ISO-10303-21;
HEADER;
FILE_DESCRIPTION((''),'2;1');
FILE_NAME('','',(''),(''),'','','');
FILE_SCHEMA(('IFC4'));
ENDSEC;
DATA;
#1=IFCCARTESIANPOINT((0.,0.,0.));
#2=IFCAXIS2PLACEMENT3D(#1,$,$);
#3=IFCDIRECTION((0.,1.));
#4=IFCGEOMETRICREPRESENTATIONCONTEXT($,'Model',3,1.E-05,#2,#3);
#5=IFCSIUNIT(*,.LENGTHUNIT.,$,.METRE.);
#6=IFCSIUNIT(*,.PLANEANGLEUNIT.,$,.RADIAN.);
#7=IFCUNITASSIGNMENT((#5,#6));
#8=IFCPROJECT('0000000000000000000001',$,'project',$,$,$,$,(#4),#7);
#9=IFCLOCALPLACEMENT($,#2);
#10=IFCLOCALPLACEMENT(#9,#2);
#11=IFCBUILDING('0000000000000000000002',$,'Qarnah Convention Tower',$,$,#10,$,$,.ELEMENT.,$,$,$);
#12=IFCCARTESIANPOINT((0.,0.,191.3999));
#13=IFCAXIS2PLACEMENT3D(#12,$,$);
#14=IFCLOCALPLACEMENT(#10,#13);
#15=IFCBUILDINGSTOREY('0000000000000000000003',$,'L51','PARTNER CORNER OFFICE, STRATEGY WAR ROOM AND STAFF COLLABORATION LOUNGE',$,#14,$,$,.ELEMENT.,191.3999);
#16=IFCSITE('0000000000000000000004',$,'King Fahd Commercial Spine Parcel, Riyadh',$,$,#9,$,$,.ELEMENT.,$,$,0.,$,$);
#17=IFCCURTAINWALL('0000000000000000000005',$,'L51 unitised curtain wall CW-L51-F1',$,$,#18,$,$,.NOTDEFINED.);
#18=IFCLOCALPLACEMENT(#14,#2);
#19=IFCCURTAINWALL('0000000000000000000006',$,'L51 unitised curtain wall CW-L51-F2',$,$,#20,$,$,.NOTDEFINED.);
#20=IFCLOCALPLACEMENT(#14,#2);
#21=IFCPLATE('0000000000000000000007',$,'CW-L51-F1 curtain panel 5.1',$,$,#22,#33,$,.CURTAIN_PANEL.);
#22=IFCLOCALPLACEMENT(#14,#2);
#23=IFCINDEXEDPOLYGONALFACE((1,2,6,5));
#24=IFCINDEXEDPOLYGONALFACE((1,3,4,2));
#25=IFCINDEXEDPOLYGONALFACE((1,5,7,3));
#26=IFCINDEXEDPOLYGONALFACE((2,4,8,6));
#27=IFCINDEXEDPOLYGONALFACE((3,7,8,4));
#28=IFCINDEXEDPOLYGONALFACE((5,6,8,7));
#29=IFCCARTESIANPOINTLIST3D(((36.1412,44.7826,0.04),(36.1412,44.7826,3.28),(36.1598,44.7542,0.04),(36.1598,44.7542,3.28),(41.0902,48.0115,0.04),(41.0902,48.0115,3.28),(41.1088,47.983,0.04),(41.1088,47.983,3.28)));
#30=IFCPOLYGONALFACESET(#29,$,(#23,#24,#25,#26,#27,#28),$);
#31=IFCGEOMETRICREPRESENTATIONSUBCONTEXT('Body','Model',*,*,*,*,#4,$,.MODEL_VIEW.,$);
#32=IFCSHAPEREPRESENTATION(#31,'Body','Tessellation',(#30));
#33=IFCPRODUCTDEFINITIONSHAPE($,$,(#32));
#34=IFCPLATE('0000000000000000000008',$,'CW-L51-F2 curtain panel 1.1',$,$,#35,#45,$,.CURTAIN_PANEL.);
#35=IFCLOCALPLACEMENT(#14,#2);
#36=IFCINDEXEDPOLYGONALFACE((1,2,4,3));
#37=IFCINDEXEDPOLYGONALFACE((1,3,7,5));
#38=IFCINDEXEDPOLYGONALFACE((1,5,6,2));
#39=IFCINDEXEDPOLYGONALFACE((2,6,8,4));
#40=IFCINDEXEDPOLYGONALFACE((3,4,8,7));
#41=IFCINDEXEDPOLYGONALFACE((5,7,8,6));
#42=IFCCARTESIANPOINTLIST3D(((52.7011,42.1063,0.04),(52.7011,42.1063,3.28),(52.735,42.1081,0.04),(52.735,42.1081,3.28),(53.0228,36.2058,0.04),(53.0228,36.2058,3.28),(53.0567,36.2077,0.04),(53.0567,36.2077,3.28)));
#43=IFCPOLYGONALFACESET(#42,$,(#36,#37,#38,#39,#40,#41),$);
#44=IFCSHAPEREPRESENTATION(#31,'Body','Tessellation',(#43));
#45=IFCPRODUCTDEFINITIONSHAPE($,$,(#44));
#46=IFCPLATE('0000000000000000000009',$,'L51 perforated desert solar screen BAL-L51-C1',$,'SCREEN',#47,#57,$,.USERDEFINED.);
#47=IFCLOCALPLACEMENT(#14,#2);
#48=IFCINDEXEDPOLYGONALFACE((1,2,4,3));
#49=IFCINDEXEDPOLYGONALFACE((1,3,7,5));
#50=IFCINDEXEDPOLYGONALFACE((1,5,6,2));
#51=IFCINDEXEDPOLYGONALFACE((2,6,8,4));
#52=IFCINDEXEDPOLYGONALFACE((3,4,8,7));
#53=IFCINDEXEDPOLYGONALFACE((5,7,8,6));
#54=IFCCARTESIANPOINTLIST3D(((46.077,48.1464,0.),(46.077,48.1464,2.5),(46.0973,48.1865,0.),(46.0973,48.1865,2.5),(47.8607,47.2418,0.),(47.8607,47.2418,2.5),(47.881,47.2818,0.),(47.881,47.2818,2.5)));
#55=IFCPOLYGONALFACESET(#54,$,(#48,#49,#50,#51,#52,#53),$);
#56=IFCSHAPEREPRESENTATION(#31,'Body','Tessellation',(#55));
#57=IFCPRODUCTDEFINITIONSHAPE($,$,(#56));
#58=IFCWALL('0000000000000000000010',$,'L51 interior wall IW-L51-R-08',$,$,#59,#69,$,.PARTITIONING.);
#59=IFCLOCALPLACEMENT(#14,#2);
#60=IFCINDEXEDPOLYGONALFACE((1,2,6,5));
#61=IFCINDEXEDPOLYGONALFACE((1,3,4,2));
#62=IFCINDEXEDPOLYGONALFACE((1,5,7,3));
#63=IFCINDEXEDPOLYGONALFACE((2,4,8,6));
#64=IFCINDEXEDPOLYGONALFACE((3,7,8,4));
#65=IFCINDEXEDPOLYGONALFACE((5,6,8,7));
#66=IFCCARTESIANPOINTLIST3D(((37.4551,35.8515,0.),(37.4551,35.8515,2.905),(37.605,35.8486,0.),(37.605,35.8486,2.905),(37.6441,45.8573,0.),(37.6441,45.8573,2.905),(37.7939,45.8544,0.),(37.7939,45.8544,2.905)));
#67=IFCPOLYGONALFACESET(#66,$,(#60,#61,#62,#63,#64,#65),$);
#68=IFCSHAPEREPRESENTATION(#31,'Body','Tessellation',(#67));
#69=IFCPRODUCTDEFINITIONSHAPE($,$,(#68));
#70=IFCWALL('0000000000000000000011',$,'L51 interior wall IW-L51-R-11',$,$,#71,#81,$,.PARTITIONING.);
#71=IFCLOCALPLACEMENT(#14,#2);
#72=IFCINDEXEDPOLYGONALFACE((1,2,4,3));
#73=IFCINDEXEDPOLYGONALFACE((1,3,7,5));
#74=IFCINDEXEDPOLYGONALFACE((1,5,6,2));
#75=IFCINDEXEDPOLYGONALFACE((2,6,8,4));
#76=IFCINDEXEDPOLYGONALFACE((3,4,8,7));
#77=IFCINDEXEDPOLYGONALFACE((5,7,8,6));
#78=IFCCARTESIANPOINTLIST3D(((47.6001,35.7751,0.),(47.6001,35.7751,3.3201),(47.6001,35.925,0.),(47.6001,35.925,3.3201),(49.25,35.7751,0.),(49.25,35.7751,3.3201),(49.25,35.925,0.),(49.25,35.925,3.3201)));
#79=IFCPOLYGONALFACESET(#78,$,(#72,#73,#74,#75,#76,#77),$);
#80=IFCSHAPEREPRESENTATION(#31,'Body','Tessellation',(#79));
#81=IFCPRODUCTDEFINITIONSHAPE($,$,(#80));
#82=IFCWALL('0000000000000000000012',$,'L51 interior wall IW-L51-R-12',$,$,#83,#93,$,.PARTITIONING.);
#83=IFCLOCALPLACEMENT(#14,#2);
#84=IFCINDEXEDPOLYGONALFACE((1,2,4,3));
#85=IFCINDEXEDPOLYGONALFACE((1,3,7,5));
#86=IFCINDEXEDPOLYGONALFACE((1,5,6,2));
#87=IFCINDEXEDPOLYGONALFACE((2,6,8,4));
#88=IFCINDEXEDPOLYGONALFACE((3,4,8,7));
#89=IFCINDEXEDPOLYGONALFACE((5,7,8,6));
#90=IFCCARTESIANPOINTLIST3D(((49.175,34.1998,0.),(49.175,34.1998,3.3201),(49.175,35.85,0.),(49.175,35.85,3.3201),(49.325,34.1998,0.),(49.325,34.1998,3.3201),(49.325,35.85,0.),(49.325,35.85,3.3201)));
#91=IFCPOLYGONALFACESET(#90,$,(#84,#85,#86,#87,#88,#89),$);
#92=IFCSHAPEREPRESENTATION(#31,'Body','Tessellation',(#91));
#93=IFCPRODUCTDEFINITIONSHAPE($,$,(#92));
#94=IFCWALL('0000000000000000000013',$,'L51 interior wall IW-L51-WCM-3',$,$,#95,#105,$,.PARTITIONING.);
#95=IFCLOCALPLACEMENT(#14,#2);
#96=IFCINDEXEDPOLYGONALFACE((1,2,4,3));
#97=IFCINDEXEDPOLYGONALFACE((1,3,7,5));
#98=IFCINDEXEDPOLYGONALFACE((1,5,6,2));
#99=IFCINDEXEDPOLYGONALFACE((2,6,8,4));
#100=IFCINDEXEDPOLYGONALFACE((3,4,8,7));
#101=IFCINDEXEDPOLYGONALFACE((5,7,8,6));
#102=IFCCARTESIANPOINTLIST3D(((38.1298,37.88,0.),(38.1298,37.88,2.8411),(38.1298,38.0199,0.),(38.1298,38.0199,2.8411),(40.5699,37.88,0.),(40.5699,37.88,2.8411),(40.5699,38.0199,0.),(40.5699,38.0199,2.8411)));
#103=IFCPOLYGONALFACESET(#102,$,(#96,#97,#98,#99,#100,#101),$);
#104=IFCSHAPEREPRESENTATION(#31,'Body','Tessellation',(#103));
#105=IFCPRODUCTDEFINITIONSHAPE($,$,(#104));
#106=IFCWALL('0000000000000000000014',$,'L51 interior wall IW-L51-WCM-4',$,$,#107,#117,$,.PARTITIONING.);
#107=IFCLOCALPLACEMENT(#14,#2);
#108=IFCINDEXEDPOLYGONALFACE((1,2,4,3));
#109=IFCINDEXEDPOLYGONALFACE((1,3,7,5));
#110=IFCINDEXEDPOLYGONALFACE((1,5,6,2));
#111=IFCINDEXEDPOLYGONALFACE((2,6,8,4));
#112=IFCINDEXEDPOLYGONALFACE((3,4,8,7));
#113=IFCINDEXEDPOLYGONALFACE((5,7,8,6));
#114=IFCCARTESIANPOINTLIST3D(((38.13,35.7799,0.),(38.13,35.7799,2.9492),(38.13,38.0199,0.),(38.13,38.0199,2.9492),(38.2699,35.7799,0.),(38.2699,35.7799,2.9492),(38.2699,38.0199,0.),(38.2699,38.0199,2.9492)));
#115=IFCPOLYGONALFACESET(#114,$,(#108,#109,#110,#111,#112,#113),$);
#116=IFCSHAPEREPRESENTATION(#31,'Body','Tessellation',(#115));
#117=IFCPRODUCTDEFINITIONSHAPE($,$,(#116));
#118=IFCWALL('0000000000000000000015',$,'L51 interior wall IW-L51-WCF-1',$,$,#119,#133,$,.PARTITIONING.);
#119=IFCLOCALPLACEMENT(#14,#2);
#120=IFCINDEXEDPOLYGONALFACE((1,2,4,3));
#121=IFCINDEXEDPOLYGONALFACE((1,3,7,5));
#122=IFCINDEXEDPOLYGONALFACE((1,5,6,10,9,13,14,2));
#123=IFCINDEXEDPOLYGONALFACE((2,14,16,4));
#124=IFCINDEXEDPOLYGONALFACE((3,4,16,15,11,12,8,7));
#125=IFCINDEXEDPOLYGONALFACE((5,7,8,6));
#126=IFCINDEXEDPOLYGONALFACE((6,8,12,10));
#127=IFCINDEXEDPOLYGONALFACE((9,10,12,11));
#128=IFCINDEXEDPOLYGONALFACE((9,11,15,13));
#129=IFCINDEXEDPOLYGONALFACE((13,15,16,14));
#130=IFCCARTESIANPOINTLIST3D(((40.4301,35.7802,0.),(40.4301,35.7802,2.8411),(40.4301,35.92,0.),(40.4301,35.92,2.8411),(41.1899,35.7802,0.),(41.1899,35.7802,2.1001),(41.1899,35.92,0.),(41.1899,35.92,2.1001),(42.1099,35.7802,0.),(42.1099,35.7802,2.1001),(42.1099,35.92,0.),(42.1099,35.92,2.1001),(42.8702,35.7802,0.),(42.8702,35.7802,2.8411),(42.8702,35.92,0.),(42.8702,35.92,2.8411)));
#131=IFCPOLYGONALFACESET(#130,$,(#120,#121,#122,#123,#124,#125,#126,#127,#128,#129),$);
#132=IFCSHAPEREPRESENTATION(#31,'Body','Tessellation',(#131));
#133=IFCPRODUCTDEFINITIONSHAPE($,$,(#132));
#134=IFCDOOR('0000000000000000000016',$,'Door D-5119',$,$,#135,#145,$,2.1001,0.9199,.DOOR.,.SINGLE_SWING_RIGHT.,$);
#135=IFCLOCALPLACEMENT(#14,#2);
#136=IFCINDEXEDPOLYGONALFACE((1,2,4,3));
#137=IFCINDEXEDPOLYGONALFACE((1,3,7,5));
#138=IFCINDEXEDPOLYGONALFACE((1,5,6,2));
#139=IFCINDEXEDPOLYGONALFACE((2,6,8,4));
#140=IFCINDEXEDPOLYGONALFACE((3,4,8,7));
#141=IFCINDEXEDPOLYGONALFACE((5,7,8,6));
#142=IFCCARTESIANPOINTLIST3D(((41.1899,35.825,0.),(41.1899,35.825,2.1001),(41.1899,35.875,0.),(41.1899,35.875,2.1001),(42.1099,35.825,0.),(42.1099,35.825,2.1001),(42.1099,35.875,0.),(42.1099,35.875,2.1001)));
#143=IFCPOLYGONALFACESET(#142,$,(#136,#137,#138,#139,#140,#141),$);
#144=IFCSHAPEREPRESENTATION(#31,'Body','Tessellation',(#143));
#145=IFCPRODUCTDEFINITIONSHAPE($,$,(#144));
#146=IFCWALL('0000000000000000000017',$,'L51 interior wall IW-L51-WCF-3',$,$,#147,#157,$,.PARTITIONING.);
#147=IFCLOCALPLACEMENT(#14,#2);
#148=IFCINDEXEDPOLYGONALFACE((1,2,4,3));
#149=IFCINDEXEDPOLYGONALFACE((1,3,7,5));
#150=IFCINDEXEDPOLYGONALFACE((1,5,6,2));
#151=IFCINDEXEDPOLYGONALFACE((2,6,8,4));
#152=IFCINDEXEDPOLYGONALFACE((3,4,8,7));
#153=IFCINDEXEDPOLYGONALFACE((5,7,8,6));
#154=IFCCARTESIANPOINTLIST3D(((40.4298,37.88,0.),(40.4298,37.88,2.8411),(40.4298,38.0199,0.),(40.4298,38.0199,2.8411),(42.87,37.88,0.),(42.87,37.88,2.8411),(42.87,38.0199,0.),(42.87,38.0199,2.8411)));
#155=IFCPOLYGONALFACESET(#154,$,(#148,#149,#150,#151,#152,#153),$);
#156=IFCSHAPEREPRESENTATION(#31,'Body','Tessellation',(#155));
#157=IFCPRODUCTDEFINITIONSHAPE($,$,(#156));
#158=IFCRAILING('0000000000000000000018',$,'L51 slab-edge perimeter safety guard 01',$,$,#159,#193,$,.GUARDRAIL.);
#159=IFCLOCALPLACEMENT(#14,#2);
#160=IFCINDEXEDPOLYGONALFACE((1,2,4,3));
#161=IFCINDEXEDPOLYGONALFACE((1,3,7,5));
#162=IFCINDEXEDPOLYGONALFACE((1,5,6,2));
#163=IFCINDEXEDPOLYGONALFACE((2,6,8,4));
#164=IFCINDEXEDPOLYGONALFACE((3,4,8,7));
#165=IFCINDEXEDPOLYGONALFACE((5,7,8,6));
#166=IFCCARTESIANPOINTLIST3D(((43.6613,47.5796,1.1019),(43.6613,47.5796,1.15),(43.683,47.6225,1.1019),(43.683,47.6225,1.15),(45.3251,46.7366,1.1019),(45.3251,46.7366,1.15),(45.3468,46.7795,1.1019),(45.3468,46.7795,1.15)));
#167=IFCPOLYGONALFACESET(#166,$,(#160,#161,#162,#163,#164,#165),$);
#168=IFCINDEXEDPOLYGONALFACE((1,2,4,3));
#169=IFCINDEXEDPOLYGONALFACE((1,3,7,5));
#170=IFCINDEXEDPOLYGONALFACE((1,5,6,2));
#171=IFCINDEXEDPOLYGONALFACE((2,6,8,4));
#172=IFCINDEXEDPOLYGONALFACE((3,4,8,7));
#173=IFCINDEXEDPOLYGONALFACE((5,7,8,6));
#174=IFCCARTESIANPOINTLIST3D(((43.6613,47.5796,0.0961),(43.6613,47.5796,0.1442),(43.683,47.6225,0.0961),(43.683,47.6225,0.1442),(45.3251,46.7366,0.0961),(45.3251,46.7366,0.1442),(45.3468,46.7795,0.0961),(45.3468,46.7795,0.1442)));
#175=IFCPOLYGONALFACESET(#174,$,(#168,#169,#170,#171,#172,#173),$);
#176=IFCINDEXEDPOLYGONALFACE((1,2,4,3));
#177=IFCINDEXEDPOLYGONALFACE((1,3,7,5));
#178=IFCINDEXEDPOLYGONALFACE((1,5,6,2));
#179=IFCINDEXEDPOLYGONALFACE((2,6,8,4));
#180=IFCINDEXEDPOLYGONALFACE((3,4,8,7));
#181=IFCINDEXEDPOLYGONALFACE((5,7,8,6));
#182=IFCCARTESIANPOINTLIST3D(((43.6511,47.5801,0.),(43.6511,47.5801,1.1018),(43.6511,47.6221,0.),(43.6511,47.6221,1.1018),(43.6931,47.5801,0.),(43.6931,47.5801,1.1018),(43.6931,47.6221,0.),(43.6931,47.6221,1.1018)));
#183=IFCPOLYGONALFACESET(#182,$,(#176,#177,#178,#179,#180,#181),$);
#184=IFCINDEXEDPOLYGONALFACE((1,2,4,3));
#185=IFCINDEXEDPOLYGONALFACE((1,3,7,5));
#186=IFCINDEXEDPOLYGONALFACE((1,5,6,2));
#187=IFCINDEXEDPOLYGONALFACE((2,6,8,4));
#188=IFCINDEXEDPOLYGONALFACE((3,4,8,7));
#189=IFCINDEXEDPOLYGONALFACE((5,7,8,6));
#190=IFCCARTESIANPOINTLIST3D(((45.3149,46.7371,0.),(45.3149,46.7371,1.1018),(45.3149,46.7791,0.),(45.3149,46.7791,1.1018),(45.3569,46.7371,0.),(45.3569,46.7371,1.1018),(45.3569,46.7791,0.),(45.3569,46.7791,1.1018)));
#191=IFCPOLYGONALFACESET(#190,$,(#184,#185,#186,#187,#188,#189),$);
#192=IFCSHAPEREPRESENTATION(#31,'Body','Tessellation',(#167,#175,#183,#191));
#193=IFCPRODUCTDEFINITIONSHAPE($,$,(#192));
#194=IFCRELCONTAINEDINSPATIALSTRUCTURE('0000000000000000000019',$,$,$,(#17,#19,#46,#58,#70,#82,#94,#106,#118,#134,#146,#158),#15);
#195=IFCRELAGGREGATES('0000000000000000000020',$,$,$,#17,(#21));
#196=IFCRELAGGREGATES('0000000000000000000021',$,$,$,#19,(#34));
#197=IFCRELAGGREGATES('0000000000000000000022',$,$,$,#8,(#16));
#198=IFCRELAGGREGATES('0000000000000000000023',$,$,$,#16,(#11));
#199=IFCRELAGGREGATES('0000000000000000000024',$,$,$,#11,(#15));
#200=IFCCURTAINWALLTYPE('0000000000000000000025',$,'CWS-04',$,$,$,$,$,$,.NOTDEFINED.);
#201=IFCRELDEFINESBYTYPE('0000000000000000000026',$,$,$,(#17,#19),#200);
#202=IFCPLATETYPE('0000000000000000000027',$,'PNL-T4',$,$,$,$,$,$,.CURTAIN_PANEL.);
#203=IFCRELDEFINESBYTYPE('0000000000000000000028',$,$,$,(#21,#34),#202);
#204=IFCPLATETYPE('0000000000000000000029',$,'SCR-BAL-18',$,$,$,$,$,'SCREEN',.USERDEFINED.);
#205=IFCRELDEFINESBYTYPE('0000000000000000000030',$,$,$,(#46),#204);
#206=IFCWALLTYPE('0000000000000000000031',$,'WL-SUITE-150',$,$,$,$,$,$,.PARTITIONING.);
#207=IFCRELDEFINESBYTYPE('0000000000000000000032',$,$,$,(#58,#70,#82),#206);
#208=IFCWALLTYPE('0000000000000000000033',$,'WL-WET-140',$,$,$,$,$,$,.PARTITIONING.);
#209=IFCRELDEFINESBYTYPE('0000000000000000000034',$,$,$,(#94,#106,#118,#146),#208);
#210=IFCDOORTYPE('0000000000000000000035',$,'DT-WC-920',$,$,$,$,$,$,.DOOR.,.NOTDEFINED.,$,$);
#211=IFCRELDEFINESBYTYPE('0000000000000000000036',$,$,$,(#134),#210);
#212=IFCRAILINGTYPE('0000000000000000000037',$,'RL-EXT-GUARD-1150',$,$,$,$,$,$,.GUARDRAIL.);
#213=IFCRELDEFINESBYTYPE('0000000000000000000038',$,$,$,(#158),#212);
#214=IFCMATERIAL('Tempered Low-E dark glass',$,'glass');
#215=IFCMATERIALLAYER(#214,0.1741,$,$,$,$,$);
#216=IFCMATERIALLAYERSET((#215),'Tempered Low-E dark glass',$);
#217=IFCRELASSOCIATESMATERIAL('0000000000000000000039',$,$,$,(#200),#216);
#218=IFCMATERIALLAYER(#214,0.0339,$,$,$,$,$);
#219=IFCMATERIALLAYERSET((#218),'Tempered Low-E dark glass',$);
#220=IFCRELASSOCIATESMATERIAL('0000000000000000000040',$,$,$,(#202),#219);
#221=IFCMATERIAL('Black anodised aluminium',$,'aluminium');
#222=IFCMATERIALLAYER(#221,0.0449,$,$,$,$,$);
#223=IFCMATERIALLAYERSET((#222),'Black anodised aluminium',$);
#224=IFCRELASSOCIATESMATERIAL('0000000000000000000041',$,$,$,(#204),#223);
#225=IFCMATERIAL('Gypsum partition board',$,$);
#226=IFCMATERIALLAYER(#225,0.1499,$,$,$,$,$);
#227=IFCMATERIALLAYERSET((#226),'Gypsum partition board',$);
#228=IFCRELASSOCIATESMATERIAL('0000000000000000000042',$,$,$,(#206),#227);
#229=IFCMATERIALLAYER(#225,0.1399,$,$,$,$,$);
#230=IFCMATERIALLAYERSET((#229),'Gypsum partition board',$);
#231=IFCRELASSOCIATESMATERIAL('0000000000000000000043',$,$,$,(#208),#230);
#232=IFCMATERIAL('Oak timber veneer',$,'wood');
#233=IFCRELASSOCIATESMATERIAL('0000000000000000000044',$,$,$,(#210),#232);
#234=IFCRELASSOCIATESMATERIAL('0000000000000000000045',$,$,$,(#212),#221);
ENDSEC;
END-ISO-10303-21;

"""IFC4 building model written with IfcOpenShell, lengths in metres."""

from ifc_helpers import new_model, si_unit, direction, frame, frame_2d, origin, origin_2d, place, context, subcontext, project, spatial, rectangle, extrude, material, layer, layer_set, type_object, element, fill, aggregate, save


model = new_model("IFC4")

# Units and contexts
model_context = context("Model", 3, precision=1e-05, world=origin(), true_north=direction((0.0, 1.0)))
body_context = subcontext(model_context, "Body", "Model", "MODEL_VIEW")
ifc_project = project(units=[si_unit("LENGTHUNIT", "METRE"), si_unit("PLANEANGLEUNIT", "RADIAN")], contexts=[model_context])

# Site, building, storey
site_placement = place(None, origin())
site = spatial("IfcSite", under=ifc_project, at=site_placement, Name="King Fahd Commercial Spine Parcel, Riyadh", CompositionType="ELEMENT", RefElevation=0.0)
building_placement = place(site_placement, origin())
building = spatial("IfcBuilding", under=site, at=building_placement, Name="Qarnah Convention Tower", CompositionType="ELEMENT")
storey_placement = place(building_placement, frame((0.0, 0.0, 191.3999)))
storey = spatial("IfcBuildingStorey", under=building, at=storey_placement, Name="L51", Description="PARTNER CORNER OFFICE, STRATEGY WAR ROOM AND STAFF COLLABORATION LOUNGE", CompositionType="ELEMENT", Elevation=191.3999)

# Curtain wall
ifc_material_1 = material(Name="Tempered Low-E dark glass", Category="glass")
ifc_layer_1 = layer(ifc_material_1, 0.1741)
ifc_layer_set_1 = layer_set([ifc_layer_1], Name="Tempered Low-E dark glass")
curtain_wall_type = type_object("IfcCurtainWallType", Name="CWS-04", PredefinedType="NOTDEFINED", material=ifc_layer_set_1)
curtain_wall_1_placement = place(storey_placement, origin())
curtain_wall_1 = element("IfcCurtainWall", 1, at=curtain_wall_1_placement, inside=storey, type_object=curtain_wall_type, Name="L51 unitised curtain wall CW-L51-F1", PredefinedType="NOTDEFINED")
ifc_material_2 = material(Name="Black anodised aluminium", Category="aluminium")

# Curtain wall
curtain_wall_2_placement = place(storey_placement, origin())
curtain_wall_2 = element("IfcCurtainWall", 2, at=curtain_wall_2_placement, inside=storey, type_object=curtain_wall_type, Name="L51 unitised curtain wall CW-L51-F2", PredefinedType="NOTDEFINED")

# Plates
ifc_layer_2 = layer(ifc_material_1, 0.0339)
ifc_layer_set_2 = layer_set([ifc_layer_2], Name="Tempered Low-E dark glass")
plate_type_1 = type_object("IfcPlateType", Name="PNL-T4", PredefinedType="CURTAIN_PANEL", material=ifc_layer_set_2)
plate_1_placement = place(storey_placement, frame((38.625, 46.3828, 0.04), z_axis=(0.0, 0.0, 1.0), x_axis=(0.837512, 0.54642, 0.0)))
plate_1 = element("IfcPlate", 3, at=plate_1_placement, type_object=plate_type_1, Name="CW-L51-F1 curtain panel 5.1", PredefinedType="CURTAIN_PANEL", context=body_context, shape_type="SweptSolid", body=[
    extrude(rectangle(XDim=5.9092, YDim=0.0339, at=origin_2d()), origin(), (0.0, 0.0, 1.0), 3.24),
])
aggregate(curtain_wall_1, [plate_1])
plate_2_placement = place(storey_placement, frame((52.8789, 39.157, 0.04), z_axis=(0.0, 0.0, 1.0), x_axis=(0.054432, -0.998517, 0.0)))
plate_2 = element("IfcPlate", 4, at=plate_2_placement, type_object=plate_type_1, Name="CW-L51-F2 curtain panel 1.1", PredefinedType="CURTAIN_PANEL", context=body_context, shape_type="SweptSolid", body=[
    extrude(rectangle(XDim=5.9092, YDim=0.0339, at=origin_2d()), origin(), (0.0, 0.0, 1.0), 3.24),
])
aggregate(curtain_wall_2, [plate_2])
ifc_layer_3 = layer(ifc_material_2, 0.0449)
ifc_layer_set_3 = layer_set([ifc_layer_3], Name="Black anodised aluminium")
plate_type_2 = type_object("IfcPlateType", Name="SCR-BAL-18", ElementType="SCREEN", PredefinedType="USERDEFINED", material=ifc_layer_set_3)
plate_3_placement = place(storey_placement, frame((46.979, 47.7141, 0.0), z_axis=(0.0, 0.0, 1.0), x_axis=(0.891862, -0.452307, 0.0)))
element("IfcPlate", 5, at=plate_3_placement, inside=storey, type_object=plate_type_2, Name="L51 perforated desert solar screen BAL-L51-C1", ObjectType="SCREEN", PredefinedType="USERDEFINED", context=body_context, shape_type="SweptSolid", body=[
    extrude(rectangle(XDim=2.0, YDim=0.0449, at=origin_2d()), origin(), (0.0, 0.0, 1.0), 2.5),
])

# Wall
ifc_material_3 = material(Name="Gypsum partition board")
ifc_layer_4 = layer(ifc_material_3, 0.1499)
ifc_layer_set_4 = layer_set([ifc_layer_4], Name="Gypsum partition board")
wall_type_1 = type_object("IfcWallType", Name="WL-SUITE-150", PredefinedType="PARTITIONING", material=ifc_layer_set_4)
wall_1_placement = place(storey_placement, frame((37.719, 45.856, 0.0), z_axis=(0.0, 0.0, 1.0), x_axis=(-0.018882, -0.999822, 0.0)))
element("IfcWall", 6, at=wall_1_placement, inside=storey, type_object=wall_type_1, Name="L51 interior wall IW-L51-R-08", PredefinedType="PARTITIONING", context=body_context, shape_type="SweptSolid", body=[
    extrude(rectangle(XDim=10.0076, YDim=0.1499, at=frame_2d((5.0039, 0.0))), origin(), (0.0, 0.0, 1.0), 2.905),
])

# Shared definitions
ifc_material_4 = material(Name="Oak timber veneer", Category="wood")

# Walls
wall_2_placement = place(storey_placement, frame((47.6001, 35.8501, 0.0), z_axis=(0.0, 0.0, 1.0), x_axis=(1.0, 0.0, 0.0)))
element("IfcWall", 7, at=wall_2_placement, inside=storey, type_object=wall_type_1, Name="L51 interior wall IW-L51-R-11", PredefinedType="PARTITIONING", context=body_context, shape_type="SweptSolid", body=[
    extrude(rectangle(XDim=1.6499, YDim=0.1499, at=frame_2d((0.825, 0.0))), origin(), (0.0, 0.0, 1.0), 3.3201),
])
wall_3_placement = place(storey_placement, frame((49.25, 35.8501, 0.0), z_axis=(0.0, 0.0, 1.0), x_axis=(0.0, -1.0, 0.0)))
element("IfcWall", 8, at=wall_3_placement, inside=storey, type_object=wall_type_1, Name="L51 interior wall IW-L51-R-12", PredefinedType="PARTITIONING", context=body_context, shape_type="SweptSolid", body=[
    extrude(rectangle(XDim=1.6501, YDim=0.1499, at=frame_2d((0.8252, 0.0))), origin(), (0.0, 0.0, 1.0), 3.3201),
])
ifc_layer_5 = layer(ifc_material_3, 0.1399)
ifc_layer_set_5 = layer_set([ifc_layer_5], Name="Gypsum partition board")
wall_type_2 = type_object("IfcWallType", Name="WL-WET-140", PredefinedType="PARTITIONING", material=ifc_layer_set_5)
wall_4_placement = place(storey_placement, frame((40.5701, 37.95, 0.0), z_axis=(0.0, 0.0, 1.0), x_axis=(-1.0, 0.0, 0.0)))
element("IfcWall", 9, at=wall_4_placement, inside=storey, type_object=wall_type_2, Name="L51 interior wall IW-L51-WCM-3", PredefinedType="PARTITIONING", context=body_context, shape_type="SweptSolid", body=[
    extrude(rectangle(XDim=2.4402, YDim=0.1399, at=frame_2d((1.2202, 0.0))), origin(), (0.0, 0.0, 1.0), 2.8411),
])
wall_5_placement = place(storey_placement, frame((38.2, 38.02, 0.0), z_axis=(0.0, 0.0, 1.0), x_axis=(0.0, -1.0, 0.0)))
element("IfcWall", 10, at=wall_5_placement, inside=storey, type_object=wall_type_2, Name="L51 interior wall IW-L51-WCM-4", PredefinedType="PARTITIONING", context=body_context, shape_type="SweptSolid", body=[
    extrude(rectangle(XDim=2.24, YDim=0.1399, at=frame_2d((1.1201, 0.0))), origin(), (0.0, 0.0, 1.0), 2.9492),
])

# Wall, opening, door
wall_6_placement = place(storey_placement, frame((40.4299, 35.8501, 0.0), z_axis=(0.0, 0.0, 1.0), x_axis=(1.0, 0.0, 0.0)))
wall_6 = element("IfcWall", 11, at=wall_6_placement, inside=storey, type_object=wall_type_2, Name="L51 interior wall IW-L51-WCF-1", PredefinedType="PARTITIONING", context=body_context, shape_type="SweptSolid", body=[
    extrude(rectangle(XDim=2.4402, YDim=0.1399, at=frame_2d((1.2202, 0.0))), origin(), (0.0, 0.0, 1.0), 2.8411),
])
opening_1_placement = place(wall_6_placement, frame((0.76, 0.0, 0.0)))
opening_1 = element("IfcOpeningElement", 12, at=opening_1_placement, cuts=wall_6, PredefinedType="OPENING", context=body_context, shape_type="SweptSolid", body=[
    extrude(rectangle(XDim=0.9199, YDim=2.1001, at=frame_2d((0.46, 1.05))), frame((0.0, 0.0798, 0.0), z_axis=(0.0, -1.0, 0.0), x_axis=(1.0, 0.0, 0.0)), (0.0, 0.0, 1.0), 0.1599),
])
door_type_1 = type_object("IfcDoorType", Name="DT-WC-920", OperationType="NOTDEFINED", PredefinedType="DOOR", material=ifc_material_4)
door_1_placement = place(opening_1_placement, origin())
door_1 = element("IfcDoor", 13, at=door_1_placement, inside=storey, type_object=door_type_1, Name="Door D-5119", OperationType="SINGLE_SWING_RIGHT", OverallHeight=2.1001, OverallWidth=0.9199, PredefinedType="DOOR", context=body_context, shape_type="SweptSolid", body=[
    extrude(rectangle(XDim=0.9199, YDim=2.1001, at=frame_2d((0.46, 1.05))), frame((0.0, 0.0249, 0.0), z_axis=(0.0, -1.0, 0.0), x_axis=(1.0, 0.0, 0.0)), (0.0, 0.0, 1.0), 0.05),
])
fill(opening_1, door_1)

# Wall
wall_7_placement = place(storey_placement, frame((42.8701, 37.95, 0.0), z_axis=(0.0, 0.0, 1.0), x_axis=(-1.0, 0.0, 0.0)))
element("IfcWall", 14, at=wall_7_placement, inside=storey, type_object=wall_type_2, Name="L51 interior wall IW-L51-WCF-3", PredefinedType="PARTITIONING", context=body_context, shape_type="SweptSolid", body=[
    extrude(rectangle(XDim=2.4402, YDim=0.1399, at=frame_2d((1.2202, 0.0))), origin(), (0.0, 0.0, 1.0), 2.8411),
])

# Railing
railing_type = type_object("IfcRailingType", Name="RL-EXT-GUARD-1150", PredefinedType="GUARDRAIL", material=ifc_material_2)
railing_1_placement = place(storey_placement, frame((43.6721, 47.6011, 0.0)))
element("IfcRailing", 15, at=railing_1_placement, inside=storey, type_object=railing_type, Name="L51 slab-edge perimeter safety guard 01", PredefinedType="GUARDRAIL", context=body_context, shape_type="SweptSolid", body=[
    extrude(rectangle(XDim=0.0481, YDim=0.0481, at=origin_2d()), frame((0.0, 0.0, 1.126), z_axis=(0.892032, -0.451972, 0.0), x_axis=(0.451972, 0.892032, 0.0)), (0.0, 0.0, 1.0), 1.8652),
    extrude(rectangle(XDim=0.0481, YDim=0.0481, at=origin_2d()), frame((0.0, 0.0, 0.1201), z_axis=(0.892032, -0.451972, 0.0), x_axis=(0.451972, 0.892032, 0.0)), (0.0, 0.0, 1.0), 1.8652),
    extrude(rectangle(XDim=0.042, YDim=0.042, at=origin_2d()), origin(), (0.0, 0.0, 1.0), 1.1018),
    extrude(rectangle(XDim=0.042, YDim=0.042, at=origin_2d()), frame((1.6638, -0.843, 0.0)), (0.0, 0.0, 1.0), 1.1018),
])

save(model, "model.ifc")
